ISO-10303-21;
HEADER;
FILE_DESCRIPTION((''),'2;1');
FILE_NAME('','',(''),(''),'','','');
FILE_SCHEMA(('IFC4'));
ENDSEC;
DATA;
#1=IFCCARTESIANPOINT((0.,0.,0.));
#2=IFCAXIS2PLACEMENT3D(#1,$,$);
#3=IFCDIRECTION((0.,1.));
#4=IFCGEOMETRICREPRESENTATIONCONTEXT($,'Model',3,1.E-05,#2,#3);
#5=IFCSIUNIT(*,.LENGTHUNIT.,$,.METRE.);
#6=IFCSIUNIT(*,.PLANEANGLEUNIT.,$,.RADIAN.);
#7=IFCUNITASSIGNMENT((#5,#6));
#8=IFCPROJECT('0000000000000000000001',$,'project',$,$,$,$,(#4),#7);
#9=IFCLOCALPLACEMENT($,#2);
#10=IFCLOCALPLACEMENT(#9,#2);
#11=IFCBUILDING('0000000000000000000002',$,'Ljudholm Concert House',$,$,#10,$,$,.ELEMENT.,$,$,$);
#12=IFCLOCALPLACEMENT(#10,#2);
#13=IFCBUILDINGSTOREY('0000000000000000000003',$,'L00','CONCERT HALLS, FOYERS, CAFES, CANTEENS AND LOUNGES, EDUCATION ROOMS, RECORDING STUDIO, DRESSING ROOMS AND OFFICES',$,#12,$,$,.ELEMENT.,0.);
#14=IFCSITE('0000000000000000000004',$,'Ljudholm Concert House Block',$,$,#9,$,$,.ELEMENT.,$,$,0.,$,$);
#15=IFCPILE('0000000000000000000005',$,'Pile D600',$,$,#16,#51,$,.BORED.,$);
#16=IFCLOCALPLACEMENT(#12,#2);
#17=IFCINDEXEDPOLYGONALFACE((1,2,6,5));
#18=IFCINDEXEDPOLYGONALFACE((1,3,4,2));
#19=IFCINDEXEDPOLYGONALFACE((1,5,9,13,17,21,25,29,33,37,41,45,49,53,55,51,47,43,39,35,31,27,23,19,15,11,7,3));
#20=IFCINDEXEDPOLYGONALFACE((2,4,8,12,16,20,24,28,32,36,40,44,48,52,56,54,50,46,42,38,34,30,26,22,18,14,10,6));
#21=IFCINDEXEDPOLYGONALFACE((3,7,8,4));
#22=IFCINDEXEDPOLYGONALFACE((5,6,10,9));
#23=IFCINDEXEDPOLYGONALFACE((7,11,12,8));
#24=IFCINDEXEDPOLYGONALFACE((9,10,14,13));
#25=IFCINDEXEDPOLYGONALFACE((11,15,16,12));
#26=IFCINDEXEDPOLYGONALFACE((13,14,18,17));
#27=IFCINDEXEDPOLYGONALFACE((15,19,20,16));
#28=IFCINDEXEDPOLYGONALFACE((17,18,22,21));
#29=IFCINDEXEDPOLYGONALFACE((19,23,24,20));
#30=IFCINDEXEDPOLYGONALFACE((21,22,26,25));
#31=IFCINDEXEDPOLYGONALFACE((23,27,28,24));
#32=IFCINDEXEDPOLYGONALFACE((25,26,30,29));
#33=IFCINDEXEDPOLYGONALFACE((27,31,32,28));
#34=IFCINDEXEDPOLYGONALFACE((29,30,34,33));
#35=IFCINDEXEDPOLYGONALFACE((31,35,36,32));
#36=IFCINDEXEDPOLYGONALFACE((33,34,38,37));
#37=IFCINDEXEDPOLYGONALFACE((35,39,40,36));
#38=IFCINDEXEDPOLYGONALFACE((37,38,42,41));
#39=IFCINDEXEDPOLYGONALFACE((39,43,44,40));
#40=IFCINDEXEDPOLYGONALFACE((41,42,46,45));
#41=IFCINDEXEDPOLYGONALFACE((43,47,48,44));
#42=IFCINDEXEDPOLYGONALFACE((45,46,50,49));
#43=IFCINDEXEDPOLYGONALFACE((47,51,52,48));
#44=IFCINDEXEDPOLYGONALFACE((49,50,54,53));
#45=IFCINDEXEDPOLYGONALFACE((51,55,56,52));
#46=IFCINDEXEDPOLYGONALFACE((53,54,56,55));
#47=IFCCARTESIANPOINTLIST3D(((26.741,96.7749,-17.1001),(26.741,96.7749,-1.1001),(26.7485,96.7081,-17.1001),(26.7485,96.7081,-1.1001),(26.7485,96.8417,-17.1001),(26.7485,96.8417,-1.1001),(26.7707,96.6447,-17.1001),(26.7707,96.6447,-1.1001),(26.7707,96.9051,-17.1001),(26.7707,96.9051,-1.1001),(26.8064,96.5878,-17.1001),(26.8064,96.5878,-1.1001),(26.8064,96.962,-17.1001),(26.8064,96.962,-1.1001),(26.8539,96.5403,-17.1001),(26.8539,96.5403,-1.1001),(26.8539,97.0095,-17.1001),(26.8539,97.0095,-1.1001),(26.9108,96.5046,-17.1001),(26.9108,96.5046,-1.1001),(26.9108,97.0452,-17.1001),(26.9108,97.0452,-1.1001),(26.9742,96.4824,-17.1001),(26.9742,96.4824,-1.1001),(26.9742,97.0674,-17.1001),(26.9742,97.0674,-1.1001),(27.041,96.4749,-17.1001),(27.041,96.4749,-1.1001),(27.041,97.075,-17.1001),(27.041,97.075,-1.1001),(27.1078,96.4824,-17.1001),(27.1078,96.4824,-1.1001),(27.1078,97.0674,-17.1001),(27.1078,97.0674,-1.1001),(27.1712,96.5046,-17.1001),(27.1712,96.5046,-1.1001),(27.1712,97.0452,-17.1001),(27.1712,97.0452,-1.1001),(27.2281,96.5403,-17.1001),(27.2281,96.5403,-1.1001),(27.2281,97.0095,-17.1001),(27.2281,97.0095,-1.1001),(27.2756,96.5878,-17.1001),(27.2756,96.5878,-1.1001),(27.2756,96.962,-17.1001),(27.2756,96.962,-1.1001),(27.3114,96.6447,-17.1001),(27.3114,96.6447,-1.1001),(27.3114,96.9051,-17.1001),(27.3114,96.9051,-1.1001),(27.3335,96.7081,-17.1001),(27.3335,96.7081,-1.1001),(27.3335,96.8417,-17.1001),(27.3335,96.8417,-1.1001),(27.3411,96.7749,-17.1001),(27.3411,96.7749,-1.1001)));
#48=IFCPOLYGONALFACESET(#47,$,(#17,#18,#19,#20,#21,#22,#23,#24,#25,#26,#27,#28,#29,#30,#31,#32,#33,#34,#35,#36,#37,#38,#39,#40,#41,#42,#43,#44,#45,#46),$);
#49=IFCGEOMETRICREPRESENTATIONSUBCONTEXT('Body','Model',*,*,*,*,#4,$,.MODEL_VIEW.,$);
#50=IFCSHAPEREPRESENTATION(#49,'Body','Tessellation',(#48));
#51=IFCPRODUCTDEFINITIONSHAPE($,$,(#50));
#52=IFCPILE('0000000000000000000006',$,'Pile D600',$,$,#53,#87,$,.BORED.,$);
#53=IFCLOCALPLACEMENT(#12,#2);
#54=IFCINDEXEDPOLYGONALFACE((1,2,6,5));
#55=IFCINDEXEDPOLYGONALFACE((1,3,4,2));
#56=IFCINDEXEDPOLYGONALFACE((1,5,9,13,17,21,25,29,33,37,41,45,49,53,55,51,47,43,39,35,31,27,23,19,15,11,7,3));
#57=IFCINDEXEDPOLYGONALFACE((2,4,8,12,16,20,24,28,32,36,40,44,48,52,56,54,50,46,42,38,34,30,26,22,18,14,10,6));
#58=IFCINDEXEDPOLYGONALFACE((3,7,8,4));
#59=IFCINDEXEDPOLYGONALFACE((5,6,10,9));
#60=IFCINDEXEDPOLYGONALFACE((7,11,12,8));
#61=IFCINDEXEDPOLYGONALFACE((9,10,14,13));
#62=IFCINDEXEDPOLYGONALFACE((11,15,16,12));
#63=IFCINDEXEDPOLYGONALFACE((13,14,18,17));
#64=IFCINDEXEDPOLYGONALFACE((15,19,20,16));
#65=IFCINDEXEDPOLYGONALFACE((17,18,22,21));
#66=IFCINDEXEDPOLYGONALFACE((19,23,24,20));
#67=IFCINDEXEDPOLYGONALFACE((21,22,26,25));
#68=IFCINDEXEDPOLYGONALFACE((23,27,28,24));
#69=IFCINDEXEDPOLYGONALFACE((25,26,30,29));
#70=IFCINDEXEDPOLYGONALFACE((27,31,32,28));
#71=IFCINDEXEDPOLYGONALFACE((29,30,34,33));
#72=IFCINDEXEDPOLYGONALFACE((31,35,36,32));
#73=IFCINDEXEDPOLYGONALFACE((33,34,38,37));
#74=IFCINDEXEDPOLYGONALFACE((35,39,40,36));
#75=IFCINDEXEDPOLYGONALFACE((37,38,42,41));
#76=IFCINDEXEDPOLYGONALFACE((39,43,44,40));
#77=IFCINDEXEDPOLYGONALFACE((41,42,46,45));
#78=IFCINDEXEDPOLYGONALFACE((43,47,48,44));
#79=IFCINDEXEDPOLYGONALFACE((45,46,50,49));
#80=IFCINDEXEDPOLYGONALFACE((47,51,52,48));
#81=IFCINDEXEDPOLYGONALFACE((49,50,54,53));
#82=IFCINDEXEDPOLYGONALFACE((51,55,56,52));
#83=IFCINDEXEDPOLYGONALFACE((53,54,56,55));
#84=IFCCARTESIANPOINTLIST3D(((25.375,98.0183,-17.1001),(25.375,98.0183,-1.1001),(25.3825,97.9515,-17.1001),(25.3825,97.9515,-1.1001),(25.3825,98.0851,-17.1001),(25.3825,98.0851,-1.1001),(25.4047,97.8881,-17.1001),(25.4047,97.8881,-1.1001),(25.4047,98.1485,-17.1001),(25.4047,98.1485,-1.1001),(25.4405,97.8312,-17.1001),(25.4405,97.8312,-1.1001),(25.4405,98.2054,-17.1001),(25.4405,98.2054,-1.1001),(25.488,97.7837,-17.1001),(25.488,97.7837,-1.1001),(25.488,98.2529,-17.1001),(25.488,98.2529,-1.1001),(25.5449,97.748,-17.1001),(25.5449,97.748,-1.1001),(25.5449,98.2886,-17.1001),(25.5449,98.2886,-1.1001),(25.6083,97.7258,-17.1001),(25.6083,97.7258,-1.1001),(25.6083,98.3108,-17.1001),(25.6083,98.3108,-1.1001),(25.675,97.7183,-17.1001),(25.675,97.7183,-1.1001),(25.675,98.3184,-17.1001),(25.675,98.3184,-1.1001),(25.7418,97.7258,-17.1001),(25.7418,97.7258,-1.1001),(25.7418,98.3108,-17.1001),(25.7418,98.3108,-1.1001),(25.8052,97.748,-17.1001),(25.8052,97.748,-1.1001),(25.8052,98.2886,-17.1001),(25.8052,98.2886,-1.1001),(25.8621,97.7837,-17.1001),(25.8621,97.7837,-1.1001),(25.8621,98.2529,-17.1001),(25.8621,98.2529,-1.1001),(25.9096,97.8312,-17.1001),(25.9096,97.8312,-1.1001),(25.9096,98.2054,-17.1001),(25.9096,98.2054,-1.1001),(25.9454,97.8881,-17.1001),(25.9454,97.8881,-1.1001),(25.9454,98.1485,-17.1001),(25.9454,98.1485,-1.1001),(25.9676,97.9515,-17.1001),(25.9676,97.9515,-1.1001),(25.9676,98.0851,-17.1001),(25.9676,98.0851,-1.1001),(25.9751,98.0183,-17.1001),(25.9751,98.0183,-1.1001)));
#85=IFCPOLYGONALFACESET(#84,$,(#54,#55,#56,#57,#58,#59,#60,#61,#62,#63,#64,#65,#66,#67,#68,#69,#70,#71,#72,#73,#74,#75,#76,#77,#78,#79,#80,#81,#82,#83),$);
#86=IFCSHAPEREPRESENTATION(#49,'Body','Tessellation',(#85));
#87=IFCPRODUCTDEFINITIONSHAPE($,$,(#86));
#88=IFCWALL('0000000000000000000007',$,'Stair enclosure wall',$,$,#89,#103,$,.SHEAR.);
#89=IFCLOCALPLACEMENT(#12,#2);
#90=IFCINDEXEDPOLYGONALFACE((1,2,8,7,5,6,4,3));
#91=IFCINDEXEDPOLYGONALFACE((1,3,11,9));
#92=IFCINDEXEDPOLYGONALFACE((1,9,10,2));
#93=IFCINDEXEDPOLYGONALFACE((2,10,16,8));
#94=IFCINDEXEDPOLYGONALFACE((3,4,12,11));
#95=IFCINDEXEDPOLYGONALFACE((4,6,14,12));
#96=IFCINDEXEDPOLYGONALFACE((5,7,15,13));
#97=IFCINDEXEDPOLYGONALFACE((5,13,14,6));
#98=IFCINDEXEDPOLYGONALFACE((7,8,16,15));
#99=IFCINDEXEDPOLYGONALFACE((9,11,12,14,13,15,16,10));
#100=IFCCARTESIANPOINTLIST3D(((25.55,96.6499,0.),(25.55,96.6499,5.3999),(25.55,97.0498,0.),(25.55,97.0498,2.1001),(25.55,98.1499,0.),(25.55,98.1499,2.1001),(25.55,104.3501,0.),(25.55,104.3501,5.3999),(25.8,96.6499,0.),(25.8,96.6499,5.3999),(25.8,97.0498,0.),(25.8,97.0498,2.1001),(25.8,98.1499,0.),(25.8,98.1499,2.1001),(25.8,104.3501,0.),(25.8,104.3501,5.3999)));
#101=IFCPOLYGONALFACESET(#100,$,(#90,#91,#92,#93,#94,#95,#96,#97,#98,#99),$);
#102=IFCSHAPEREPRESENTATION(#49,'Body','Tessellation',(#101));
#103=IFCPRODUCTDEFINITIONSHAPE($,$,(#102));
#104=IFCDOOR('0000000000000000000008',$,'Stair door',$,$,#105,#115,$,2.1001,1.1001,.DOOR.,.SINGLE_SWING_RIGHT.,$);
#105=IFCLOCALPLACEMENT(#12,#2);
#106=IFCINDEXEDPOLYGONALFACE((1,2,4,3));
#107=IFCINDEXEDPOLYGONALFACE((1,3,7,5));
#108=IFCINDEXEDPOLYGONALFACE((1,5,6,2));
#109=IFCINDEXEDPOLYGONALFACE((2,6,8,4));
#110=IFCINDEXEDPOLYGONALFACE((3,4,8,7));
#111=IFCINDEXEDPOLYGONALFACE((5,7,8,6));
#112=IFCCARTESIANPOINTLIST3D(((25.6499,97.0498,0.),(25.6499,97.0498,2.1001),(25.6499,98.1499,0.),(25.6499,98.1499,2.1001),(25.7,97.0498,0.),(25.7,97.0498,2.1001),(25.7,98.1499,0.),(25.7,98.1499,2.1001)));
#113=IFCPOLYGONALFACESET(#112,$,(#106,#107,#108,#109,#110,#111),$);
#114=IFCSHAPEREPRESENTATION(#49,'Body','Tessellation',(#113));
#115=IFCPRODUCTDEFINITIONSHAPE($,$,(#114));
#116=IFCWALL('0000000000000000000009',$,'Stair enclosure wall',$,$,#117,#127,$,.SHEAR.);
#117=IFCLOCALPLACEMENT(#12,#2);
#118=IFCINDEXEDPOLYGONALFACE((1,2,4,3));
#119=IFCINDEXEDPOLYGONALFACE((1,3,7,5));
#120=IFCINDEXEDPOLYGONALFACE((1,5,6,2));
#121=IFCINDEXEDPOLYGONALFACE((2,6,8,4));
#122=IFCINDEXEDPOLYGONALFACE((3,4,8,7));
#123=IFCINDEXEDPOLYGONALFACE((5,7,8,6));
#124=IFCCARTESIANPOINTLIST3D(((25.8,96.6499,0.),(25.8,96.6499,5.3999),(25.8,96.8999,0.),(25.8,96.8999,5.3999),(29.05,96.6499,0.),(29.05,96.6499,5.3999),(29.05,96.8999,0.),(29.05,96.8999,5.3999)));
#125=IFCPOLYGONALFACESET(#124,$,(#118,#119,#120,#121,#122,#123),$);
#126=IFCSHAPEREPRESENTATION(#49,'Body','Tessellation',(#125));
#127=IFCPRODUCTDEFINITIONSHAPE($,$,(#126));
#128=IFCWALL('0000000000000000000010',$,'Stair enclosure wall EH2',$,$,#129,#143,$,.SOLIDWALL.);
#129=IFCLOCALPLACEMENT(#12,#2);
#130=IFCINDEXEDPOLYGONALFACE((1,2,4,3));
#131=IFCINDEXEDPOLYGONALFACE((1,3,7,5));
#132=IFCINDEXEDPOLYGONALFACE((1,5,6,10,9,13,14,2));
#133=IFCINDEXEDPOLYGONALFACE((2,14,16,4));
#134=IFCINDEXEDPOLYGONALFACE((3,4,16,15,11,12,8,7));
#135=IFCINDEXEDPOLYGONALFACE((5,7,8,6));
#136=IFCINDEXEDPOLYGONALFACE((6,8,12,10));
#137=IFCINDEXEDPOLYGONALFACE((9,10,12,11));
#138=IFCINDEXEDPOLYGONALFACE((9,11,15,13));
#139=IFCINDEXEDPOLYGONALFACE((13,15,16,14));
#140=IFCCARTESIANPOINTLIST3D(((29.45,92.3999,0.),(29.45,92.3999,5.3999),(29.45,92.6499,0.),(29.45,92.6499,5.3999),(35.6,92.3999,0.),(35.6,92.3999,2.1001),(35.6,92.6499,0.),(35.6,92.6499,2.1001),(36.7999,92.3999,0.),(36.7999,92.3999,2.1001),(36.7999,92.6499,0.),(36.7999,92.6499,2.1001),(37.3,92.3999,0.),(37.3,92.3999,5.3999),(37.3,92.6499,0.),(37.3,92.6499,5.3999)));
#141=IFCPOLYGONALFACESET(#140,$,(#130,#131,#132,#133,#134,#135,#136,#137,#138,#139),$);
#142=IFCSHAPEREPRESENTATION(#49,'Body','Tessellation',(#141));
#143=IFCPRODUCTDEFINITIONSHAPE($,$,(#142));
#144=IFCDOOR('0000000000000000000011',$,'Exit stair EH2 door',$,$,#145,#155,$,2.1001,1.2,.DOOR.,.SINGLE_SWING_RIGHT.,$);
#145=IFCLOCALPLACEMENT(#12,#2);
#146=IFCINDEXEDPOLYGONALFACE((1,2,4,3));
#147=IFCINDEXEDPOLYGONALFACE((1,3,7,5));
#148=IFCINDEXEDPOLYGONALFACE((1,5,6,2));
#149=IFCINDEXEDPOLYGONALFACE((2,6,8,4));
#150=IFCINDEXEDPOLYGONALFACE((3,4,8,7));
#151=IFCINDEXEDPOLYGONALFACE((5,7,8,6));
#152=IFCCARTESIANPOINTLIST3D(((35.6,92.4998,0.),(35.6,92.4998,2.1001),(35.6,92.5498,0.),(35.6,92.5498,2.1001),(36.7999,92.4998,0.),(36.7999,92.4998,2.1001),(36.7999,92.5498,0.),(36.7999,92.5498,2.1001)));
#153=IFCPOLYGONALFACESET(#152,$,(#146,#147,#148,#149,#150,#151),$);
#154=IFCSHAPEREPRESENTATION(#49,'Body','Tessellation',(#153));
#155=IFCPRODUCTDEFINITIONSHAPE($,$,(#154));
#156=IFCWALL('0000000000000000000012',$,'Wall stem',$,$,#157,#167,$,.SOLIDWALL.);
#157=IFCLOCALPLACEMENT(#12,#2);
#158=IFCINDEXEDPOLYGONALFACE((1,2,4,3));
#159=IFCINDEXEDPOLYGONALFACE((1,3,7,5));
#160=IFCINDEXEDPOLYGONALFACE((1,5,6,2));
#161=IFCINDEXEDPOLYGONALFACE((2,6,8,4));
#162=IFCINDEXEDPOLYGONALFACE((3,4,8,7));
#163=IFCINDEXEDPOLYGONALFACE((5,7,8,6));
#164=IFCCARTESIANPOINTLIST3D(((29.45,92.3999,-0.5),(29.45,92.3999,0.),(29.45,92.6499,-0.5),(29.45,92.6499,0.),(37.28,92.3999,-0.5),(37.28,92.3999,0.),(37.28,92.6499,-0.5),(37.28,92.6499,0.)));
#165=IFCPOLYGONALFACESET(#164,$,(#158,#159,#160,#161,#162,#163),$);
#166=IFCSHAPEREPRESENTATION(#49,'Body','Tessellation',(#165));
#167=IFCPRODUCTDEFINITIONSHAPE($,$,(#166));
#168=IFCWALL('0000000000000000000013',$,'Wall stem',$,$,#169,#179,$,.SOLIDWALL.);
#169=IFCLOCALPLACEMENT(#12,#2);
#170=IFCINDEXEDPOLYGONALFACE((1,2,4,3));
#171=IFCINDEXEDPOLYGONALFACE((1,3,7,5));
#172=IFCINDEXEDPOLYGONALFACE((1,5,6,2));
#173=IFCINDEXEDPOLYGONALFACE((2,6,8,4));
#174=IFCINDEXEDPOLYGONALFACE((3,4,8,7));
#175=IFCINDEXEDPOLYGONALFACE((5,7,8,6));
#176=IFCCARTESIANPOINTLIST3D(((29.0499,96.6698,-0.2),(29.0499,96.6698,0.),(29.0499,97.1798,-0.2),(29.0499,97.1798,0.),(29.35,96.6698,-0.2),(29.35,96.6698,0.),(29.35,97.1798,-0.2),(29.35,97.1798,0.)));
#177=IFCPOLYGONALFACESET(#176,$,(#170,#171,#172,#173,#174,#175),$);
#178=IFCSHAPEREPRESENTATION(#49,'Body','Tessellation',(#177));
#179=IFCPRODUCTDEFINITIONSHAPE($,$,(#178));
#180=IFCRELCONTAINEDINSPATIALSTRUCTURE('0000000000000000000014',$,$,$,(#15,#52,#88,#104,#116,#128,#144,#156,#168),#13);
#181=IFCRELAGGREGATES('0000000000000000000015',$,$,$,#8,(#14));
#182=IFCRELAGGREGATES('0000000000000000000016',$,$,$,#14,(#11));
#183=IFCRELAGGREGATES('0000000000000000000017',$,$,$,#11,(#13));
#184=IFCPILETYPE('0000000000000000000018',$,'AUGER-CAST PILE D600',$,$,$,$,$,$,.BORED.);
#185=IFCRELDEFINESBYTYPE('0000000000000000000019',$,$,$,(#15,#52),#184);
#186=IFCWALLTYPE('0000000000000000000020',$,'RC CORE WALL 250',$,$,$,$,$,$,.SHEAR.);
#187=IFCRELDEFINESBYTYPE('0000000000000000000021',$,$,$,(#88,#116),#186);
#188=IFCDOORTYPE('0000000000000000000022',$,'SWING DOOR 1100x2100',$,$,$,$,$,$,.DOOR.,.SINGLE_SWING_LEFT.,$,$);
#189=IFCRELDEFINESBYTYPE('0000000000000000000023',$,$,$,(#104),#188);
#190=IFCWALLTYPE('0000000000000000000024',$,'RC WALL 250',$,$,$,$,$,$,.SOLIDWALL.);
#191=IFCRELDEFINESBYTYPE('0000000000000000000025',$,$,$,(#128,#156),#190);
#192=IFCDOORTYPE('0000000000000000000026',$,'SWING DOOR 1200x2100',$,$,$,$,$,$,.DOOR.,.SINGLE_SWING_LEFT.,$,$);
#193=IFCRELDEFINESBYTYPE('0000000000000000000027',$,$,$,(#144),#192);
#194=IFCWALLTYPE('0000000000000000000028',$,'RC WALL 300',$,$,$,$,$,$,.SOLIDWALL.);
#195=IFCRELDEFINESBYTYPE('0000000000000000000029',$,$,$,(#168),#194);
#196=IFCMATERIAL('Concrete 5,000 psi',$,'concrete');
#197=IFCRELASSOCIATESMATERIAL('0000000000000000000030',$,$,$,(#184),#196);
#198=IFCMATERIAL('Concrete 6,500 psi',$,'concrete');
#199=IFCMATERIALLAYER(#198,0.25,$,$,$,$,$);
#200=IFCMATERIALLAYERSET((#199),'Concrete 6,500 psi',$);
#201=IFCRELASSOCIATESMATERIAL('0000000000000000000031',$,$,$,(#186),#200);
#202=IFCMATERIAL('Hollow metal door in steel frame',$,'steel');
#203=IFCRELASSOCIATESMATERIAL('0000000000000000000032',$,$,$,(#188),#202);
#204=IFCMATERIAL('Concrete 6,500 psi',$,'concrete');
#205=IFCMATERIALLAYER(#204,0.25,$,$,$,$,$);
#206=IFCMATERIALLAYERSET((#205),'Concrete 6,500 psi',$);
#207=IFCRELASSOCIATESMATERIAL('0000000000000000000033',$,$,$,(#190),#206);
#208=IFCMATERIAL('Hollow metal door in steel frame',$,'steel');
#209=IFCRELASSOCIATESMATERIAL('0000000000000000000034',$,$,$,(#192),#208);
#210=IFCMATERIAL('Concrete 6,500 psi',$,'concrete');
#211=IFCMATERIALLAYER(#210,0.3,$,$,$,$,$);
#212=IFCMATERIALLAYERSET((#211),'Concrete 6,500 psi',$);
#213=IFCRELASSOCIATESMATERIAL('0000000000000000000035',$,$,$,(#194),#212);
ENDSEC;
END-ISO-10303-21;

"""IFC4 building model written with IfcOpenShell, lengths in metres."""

from ifc_helpers import new_model, si_unit, direction, frame, frame_2d, origin, origin_2d, place, context, subcontext, project, spatial, rectangle, circle, extrude, material, layer, layer_set, material_profile, profile_set, type_object, element, fill, save


model = new_model("IFC4")

# Units and contexts
model_context = context("Model", 3, precision=1e-05, world=origin(), true_north=direction((0.0, 1.0)))
body_context = subcontext(model_context, "Body", "Model", "MODEL_VIEW")
ifc_project = project(units=[si_unit("LENGTHUNIT", "METRE"), si_unit("PLANEANGLEUNIT", "RADIAN")], contexts=[model_context])

# Site, building, storey
site_placement = place(None, origin())
site = spatial("IfcSite", under=ifc_project, at=site_placement, Name="Ljudholm Concert House Block", CompositionType="ELEMENT", RefElevation=0.0)
building_placement = place(site_placement, origin())
building = spatial("IfcBuilding", under=site, at=building_placement, Name="Ljudholm Concert House", CompositionType="ELEMENT")
storey_placement = place(building_placement, origin())
storey = spatial("IfcBuildingStorey", under=building, at=storey_placement, Name="L00", Description="CONCERT HALLS, FOYERS, CAFES, CANTEENS AND LOUNGES, EDUCATION ROOMS, RECORDING STUDIO, DRESSING ROOMS AND OFFICES", CompositionType="ELEMENT", Elevation=0.0)

# Piles
ifc_material_1 = material(Name="Concrete 5,000 psi", Category="concrete")
ifc_material_profile = material_profile(ifc_material_1, circle(Radius=0.3, at=origin_2d()), Name="AUGER-CAST PILE D600")
ifc_profile_set = profile_set([ifc_material_profile], Name="Concrete 5,000 psi")
pile_type = type_object("IfcPileType", Name="AUGER-CAST PILE D600", PredefinedType="BORED", material=ifc_profile_set)
for number, where, z_axis, x_axis, name in (
    (1, (27.041, 96.7749, -1.1001), (0.0, 0.0, -1.0), (1.0, 0.0, 0.0), "Pile D600"),
    (2, (25.675, 98.0183, -1.1001), (0.0, 0.0, -1.0), (1.0, 0.0, 0.0), "Pile D600"),
):
    element("IfcPile", number, at=place(storey_placement, frame(where, z_axis=z_axis, x_axis=x_axis)), inside=storey, type_object=pile_type, Name=name, PredefinedType="BORED", context=body_context, shape_type="SweptSolid", body=[
        extrude(circle(Radius=0.3, at=origin_2d()), origin(), (0.0, 0.0, 1.0), 16.0),
    ])

# Wall, opening, door
ifc_material_2 = material(Name="Concrete 6,500 psi", Category="concrete")
ifc_layer_1 = layer(ifc_material_2, 0.25)
ifc_layer_set_1 = layer_set([ifc_layer_1], Name="Concrete 6,500 psi")
wall_type_1 = type_object("IfcWallType", Name="RC CORE WALL 250", PredefinedType="SHEAR", material=ifc_layer_set_1)
wall_1_placement = place(storey_placement, frame((25.675, 96.6499, 0.0), z_axis=(0.0, 0.0, 1.0), x_axis=(0.0, 1.0, 0.0)))
wall_1 = element("IfcWall", 3, at=wall_1_placement, inside=storey, type_object=wall_type_1, Name="Stair enclosure wall", PredefinedType="SHEAR", context=body_context, shape_type="SweptSolid", body=[
    extrude(rectangle(XDim=7.7002, YDim=0.25, at=frame_2d((3.8501, 0.0))), origin(), (0.0, 0.0, 1.0), 5.3999),
])
opening_1_placement = place(wall_1_placement, frame((0.3999, 0.0, 0.0)))
opening_1 = element("IfcOpeningElement", 4, at=opening_1_placement, cuts=wall_1, PredefinedType="OPENING", context=body_context, shape_type="SweptSolid", body=[
    extrude(rectangle(XDim=1.1001, YDim=2.1001, at=frame_2d((0.55, 1.05))), frame((0.0, 0.135, 0.0), z_axis=(0.0, -1.0, 0.0), x_axis=(1.0, 0.0, 0.0)), (0.0, 0.0, 1.0), 0.27),
])
ifc_material_3 = material(Name="Hollow metal door in steel frame", Category="steel")
door_type_1 = type_object("IfcDoorType", Name="SWING DOOR 1100x2100", OperationType="SINGLE_SWING_LEFT", PredefinedType="DOOR", material=ifc_material_3)
door_1_placement = place(opening_1_placement, frame((1.1001, 0.0, 0.0), z_axis=(0.0, 0.0, 1.0), x_axis=(-1.0, 0.0, 0.0)))
door_1 = element("IfcDoor", 5, at=door_1_placement, inside=storey, type_object=door_type_1, Name="Stair door", OperationType="SINGLE_SWING_RIGHT", OverallHeight=2.1001, OverallWidth=1.1001, PredefinedType="DOOR", context=body_context, shape_type="SweptSolid", body=[
    extrude(rectangle(XDim=1.1001, YDim=2.1001, at=frame_2d((0.55, 1.05))), frame((0.0, 0.0249, 0.0), z_axis=(0.0, -1.0, 0.0), x_axis=(1.0, 0.0, 0.0)), (0.0, 0.0, 1.0), 0.05),
])
fill(opening_1, door_1)

# Wall
wall_2_placement = place(storey_placement, frame((25.8, 96.7749, 0.0), z_axis=(0.0, 0.0, 1.0), x_axis=(1.0, 0.0, 0.0)))
element("IfcWall", 6, at=wall_2_placement, inside=storey, type_object=wall_type_1, Name="Stair enclosure wall", PredefinedType="SHEAR", context=body_context, shape_type="SweptSolid", body=[
    extrude(rectangle(XDim=3.25, YDim=0.25, at=frame_2d((1.625, 0.0))), origin(), (0.0, 0.0, 1.0), 5.3999),
])

# Wall, opening, door
ifc_material_4 = material(Name="Concrete 6,500 psi", Category="concrete")
ifc_layer_2 = layer(ifc_material_4, 0.25)
ifc_layer_set_2 = layer_set([ifc_layer_2], Name="Concrete 6,500 psi")
wall_type_2 = type_object("IfcWallType", Name="RC WALL 250", PredefinedType="SOLIDWALL", material=ifc_layer_set_2)
wall_3_placement = place(storey_placement, frame((29.45, 92.5249, 0.0), z_axis=(0.0, 0.0, 1.0), x_axis=(1.0, 0.0, 0.0)))
wall_3 = element("IfcWall", 7, at=wall_3_placement, inside=storey, type_object=wall_type_2, Name="Stair enclosure wall EH2", PredefinedType="SOLIDWALL", context=body_context, shape_type="SweptSolid", body=[
    extrude(rectangle(XDim=7.8501, YDim=0.25, at=frame_2d((3.925, 0.0))), origin(), (0.0, 0.0, 1.0), 5.3999),
])
opening_2_placement = place(wall_3_placement, frame((6.1499, 0.0, 0.0)))
opening_2 = element("IfcOpeningElement", 8, at=opening_2_placement, cuts=wall_3, PredefinedType="OPENING", context=body_context, shape_type="SweptSolid", body=[
    extrude(rectangle(XDim=1.2, YDim=2.1001, at=frame_2d((0.6001, 1.05))), frame((0.0, 0.135, 0.0), z_axis=(0.0, -1.0, 0.0), x_axis=(1.0, 0.0, 0.0)), (0.0, 0.0, 1.0), 0.27),
])
ifc_material_5 = material(Name="Hollow metal door in steel frame", Category="steel")
door_type_2 = type_object("IfcDoorType", Name="SWING DOOR 1200x2100", OperationType="SINGLE_SWING_LEFT", PredefinedType="DOOR", material=ifc_material_5)
door_2_placement = place(opening_2_placement, origin())
door_2 = element("IfcDoor", 9, at=door_2_placement, inside=storey, type_object=door_type_2, Name="Exit stair EH2 door", OperationType="SINGLE_SWING_RIGHT", OverallHeight=2.1001, OverallWidth=1.2, PredefinedType="DOOR", context=body_context, shape_type="SweptSolid", body=[
    extrude(rectangle(XDim=1.2, YDim=2.1001, at=frame_2d((0.6001, 1.05))), frame((0.0, 0.0249, 0.0), z_axis=(0.0, -1.0, 0.0), x_axis=(1.0, 0.0, 0.0)), (0.0, 0.0, 1.0), 0.05),
])
fill(opening_2, door_2)

# Walls
wall_4_placement = place(storey_placement, frame((29.45, 92.5249, -0.5), z_axis=(0.0, 0.0, 1.0), x_axis=(1.0, 0.0, 0.0)))
element("IfcWall", 10, at=wall_4_placement, inside=storey, type_object=wall_type_2, Name="Wall stem", PredefinedType="SOLIDWALL", context=body_context, shape_type="SweptSolid", body=[
    extrude(rectangle(XDim=7.8301, YDim=0.25, at=frame_2d((3.915, 0.0))), origin(), (0.0, 0.0, 1.0), 0.5),
])
ifc_material_6 = material(Name="Concrete 6,500 psi", Category="concrete")
ifc_layer_3 = layer(ifc_material_6, 0.3)
ifc_layer_set_3 = layer_set([ifc_layer_3], Name="Concrete 6,500 psi")
wall_type_3 = type_object("IfcWallType", Name="RC WALL 300", PredefinedType="SOLIDWALL", material=ifc_layer_set_3)
wall_5_placement = place(storey_placement, frame((29.2, 96.6699, -0.2), z_axis=(0.0, 0.0, 1.0), x_axis=(0.0, 1.0, 0.0)))
element("IfcWall", 11, at=wall_5_placement, inside=storey, type_object=wall_type_3, Name="Wall stem", PredefinedType="SOLIDWALL", context=body_context, shape_type="SweptSolid", body=[
    extrude(rectangle(XDim=0.51, YDim=0.3, at=frame_2d((0.2549, 0.0))), origin(), (0.0, 0.0, 1.0), 0.2),
])

save(model, "model.ifc")
